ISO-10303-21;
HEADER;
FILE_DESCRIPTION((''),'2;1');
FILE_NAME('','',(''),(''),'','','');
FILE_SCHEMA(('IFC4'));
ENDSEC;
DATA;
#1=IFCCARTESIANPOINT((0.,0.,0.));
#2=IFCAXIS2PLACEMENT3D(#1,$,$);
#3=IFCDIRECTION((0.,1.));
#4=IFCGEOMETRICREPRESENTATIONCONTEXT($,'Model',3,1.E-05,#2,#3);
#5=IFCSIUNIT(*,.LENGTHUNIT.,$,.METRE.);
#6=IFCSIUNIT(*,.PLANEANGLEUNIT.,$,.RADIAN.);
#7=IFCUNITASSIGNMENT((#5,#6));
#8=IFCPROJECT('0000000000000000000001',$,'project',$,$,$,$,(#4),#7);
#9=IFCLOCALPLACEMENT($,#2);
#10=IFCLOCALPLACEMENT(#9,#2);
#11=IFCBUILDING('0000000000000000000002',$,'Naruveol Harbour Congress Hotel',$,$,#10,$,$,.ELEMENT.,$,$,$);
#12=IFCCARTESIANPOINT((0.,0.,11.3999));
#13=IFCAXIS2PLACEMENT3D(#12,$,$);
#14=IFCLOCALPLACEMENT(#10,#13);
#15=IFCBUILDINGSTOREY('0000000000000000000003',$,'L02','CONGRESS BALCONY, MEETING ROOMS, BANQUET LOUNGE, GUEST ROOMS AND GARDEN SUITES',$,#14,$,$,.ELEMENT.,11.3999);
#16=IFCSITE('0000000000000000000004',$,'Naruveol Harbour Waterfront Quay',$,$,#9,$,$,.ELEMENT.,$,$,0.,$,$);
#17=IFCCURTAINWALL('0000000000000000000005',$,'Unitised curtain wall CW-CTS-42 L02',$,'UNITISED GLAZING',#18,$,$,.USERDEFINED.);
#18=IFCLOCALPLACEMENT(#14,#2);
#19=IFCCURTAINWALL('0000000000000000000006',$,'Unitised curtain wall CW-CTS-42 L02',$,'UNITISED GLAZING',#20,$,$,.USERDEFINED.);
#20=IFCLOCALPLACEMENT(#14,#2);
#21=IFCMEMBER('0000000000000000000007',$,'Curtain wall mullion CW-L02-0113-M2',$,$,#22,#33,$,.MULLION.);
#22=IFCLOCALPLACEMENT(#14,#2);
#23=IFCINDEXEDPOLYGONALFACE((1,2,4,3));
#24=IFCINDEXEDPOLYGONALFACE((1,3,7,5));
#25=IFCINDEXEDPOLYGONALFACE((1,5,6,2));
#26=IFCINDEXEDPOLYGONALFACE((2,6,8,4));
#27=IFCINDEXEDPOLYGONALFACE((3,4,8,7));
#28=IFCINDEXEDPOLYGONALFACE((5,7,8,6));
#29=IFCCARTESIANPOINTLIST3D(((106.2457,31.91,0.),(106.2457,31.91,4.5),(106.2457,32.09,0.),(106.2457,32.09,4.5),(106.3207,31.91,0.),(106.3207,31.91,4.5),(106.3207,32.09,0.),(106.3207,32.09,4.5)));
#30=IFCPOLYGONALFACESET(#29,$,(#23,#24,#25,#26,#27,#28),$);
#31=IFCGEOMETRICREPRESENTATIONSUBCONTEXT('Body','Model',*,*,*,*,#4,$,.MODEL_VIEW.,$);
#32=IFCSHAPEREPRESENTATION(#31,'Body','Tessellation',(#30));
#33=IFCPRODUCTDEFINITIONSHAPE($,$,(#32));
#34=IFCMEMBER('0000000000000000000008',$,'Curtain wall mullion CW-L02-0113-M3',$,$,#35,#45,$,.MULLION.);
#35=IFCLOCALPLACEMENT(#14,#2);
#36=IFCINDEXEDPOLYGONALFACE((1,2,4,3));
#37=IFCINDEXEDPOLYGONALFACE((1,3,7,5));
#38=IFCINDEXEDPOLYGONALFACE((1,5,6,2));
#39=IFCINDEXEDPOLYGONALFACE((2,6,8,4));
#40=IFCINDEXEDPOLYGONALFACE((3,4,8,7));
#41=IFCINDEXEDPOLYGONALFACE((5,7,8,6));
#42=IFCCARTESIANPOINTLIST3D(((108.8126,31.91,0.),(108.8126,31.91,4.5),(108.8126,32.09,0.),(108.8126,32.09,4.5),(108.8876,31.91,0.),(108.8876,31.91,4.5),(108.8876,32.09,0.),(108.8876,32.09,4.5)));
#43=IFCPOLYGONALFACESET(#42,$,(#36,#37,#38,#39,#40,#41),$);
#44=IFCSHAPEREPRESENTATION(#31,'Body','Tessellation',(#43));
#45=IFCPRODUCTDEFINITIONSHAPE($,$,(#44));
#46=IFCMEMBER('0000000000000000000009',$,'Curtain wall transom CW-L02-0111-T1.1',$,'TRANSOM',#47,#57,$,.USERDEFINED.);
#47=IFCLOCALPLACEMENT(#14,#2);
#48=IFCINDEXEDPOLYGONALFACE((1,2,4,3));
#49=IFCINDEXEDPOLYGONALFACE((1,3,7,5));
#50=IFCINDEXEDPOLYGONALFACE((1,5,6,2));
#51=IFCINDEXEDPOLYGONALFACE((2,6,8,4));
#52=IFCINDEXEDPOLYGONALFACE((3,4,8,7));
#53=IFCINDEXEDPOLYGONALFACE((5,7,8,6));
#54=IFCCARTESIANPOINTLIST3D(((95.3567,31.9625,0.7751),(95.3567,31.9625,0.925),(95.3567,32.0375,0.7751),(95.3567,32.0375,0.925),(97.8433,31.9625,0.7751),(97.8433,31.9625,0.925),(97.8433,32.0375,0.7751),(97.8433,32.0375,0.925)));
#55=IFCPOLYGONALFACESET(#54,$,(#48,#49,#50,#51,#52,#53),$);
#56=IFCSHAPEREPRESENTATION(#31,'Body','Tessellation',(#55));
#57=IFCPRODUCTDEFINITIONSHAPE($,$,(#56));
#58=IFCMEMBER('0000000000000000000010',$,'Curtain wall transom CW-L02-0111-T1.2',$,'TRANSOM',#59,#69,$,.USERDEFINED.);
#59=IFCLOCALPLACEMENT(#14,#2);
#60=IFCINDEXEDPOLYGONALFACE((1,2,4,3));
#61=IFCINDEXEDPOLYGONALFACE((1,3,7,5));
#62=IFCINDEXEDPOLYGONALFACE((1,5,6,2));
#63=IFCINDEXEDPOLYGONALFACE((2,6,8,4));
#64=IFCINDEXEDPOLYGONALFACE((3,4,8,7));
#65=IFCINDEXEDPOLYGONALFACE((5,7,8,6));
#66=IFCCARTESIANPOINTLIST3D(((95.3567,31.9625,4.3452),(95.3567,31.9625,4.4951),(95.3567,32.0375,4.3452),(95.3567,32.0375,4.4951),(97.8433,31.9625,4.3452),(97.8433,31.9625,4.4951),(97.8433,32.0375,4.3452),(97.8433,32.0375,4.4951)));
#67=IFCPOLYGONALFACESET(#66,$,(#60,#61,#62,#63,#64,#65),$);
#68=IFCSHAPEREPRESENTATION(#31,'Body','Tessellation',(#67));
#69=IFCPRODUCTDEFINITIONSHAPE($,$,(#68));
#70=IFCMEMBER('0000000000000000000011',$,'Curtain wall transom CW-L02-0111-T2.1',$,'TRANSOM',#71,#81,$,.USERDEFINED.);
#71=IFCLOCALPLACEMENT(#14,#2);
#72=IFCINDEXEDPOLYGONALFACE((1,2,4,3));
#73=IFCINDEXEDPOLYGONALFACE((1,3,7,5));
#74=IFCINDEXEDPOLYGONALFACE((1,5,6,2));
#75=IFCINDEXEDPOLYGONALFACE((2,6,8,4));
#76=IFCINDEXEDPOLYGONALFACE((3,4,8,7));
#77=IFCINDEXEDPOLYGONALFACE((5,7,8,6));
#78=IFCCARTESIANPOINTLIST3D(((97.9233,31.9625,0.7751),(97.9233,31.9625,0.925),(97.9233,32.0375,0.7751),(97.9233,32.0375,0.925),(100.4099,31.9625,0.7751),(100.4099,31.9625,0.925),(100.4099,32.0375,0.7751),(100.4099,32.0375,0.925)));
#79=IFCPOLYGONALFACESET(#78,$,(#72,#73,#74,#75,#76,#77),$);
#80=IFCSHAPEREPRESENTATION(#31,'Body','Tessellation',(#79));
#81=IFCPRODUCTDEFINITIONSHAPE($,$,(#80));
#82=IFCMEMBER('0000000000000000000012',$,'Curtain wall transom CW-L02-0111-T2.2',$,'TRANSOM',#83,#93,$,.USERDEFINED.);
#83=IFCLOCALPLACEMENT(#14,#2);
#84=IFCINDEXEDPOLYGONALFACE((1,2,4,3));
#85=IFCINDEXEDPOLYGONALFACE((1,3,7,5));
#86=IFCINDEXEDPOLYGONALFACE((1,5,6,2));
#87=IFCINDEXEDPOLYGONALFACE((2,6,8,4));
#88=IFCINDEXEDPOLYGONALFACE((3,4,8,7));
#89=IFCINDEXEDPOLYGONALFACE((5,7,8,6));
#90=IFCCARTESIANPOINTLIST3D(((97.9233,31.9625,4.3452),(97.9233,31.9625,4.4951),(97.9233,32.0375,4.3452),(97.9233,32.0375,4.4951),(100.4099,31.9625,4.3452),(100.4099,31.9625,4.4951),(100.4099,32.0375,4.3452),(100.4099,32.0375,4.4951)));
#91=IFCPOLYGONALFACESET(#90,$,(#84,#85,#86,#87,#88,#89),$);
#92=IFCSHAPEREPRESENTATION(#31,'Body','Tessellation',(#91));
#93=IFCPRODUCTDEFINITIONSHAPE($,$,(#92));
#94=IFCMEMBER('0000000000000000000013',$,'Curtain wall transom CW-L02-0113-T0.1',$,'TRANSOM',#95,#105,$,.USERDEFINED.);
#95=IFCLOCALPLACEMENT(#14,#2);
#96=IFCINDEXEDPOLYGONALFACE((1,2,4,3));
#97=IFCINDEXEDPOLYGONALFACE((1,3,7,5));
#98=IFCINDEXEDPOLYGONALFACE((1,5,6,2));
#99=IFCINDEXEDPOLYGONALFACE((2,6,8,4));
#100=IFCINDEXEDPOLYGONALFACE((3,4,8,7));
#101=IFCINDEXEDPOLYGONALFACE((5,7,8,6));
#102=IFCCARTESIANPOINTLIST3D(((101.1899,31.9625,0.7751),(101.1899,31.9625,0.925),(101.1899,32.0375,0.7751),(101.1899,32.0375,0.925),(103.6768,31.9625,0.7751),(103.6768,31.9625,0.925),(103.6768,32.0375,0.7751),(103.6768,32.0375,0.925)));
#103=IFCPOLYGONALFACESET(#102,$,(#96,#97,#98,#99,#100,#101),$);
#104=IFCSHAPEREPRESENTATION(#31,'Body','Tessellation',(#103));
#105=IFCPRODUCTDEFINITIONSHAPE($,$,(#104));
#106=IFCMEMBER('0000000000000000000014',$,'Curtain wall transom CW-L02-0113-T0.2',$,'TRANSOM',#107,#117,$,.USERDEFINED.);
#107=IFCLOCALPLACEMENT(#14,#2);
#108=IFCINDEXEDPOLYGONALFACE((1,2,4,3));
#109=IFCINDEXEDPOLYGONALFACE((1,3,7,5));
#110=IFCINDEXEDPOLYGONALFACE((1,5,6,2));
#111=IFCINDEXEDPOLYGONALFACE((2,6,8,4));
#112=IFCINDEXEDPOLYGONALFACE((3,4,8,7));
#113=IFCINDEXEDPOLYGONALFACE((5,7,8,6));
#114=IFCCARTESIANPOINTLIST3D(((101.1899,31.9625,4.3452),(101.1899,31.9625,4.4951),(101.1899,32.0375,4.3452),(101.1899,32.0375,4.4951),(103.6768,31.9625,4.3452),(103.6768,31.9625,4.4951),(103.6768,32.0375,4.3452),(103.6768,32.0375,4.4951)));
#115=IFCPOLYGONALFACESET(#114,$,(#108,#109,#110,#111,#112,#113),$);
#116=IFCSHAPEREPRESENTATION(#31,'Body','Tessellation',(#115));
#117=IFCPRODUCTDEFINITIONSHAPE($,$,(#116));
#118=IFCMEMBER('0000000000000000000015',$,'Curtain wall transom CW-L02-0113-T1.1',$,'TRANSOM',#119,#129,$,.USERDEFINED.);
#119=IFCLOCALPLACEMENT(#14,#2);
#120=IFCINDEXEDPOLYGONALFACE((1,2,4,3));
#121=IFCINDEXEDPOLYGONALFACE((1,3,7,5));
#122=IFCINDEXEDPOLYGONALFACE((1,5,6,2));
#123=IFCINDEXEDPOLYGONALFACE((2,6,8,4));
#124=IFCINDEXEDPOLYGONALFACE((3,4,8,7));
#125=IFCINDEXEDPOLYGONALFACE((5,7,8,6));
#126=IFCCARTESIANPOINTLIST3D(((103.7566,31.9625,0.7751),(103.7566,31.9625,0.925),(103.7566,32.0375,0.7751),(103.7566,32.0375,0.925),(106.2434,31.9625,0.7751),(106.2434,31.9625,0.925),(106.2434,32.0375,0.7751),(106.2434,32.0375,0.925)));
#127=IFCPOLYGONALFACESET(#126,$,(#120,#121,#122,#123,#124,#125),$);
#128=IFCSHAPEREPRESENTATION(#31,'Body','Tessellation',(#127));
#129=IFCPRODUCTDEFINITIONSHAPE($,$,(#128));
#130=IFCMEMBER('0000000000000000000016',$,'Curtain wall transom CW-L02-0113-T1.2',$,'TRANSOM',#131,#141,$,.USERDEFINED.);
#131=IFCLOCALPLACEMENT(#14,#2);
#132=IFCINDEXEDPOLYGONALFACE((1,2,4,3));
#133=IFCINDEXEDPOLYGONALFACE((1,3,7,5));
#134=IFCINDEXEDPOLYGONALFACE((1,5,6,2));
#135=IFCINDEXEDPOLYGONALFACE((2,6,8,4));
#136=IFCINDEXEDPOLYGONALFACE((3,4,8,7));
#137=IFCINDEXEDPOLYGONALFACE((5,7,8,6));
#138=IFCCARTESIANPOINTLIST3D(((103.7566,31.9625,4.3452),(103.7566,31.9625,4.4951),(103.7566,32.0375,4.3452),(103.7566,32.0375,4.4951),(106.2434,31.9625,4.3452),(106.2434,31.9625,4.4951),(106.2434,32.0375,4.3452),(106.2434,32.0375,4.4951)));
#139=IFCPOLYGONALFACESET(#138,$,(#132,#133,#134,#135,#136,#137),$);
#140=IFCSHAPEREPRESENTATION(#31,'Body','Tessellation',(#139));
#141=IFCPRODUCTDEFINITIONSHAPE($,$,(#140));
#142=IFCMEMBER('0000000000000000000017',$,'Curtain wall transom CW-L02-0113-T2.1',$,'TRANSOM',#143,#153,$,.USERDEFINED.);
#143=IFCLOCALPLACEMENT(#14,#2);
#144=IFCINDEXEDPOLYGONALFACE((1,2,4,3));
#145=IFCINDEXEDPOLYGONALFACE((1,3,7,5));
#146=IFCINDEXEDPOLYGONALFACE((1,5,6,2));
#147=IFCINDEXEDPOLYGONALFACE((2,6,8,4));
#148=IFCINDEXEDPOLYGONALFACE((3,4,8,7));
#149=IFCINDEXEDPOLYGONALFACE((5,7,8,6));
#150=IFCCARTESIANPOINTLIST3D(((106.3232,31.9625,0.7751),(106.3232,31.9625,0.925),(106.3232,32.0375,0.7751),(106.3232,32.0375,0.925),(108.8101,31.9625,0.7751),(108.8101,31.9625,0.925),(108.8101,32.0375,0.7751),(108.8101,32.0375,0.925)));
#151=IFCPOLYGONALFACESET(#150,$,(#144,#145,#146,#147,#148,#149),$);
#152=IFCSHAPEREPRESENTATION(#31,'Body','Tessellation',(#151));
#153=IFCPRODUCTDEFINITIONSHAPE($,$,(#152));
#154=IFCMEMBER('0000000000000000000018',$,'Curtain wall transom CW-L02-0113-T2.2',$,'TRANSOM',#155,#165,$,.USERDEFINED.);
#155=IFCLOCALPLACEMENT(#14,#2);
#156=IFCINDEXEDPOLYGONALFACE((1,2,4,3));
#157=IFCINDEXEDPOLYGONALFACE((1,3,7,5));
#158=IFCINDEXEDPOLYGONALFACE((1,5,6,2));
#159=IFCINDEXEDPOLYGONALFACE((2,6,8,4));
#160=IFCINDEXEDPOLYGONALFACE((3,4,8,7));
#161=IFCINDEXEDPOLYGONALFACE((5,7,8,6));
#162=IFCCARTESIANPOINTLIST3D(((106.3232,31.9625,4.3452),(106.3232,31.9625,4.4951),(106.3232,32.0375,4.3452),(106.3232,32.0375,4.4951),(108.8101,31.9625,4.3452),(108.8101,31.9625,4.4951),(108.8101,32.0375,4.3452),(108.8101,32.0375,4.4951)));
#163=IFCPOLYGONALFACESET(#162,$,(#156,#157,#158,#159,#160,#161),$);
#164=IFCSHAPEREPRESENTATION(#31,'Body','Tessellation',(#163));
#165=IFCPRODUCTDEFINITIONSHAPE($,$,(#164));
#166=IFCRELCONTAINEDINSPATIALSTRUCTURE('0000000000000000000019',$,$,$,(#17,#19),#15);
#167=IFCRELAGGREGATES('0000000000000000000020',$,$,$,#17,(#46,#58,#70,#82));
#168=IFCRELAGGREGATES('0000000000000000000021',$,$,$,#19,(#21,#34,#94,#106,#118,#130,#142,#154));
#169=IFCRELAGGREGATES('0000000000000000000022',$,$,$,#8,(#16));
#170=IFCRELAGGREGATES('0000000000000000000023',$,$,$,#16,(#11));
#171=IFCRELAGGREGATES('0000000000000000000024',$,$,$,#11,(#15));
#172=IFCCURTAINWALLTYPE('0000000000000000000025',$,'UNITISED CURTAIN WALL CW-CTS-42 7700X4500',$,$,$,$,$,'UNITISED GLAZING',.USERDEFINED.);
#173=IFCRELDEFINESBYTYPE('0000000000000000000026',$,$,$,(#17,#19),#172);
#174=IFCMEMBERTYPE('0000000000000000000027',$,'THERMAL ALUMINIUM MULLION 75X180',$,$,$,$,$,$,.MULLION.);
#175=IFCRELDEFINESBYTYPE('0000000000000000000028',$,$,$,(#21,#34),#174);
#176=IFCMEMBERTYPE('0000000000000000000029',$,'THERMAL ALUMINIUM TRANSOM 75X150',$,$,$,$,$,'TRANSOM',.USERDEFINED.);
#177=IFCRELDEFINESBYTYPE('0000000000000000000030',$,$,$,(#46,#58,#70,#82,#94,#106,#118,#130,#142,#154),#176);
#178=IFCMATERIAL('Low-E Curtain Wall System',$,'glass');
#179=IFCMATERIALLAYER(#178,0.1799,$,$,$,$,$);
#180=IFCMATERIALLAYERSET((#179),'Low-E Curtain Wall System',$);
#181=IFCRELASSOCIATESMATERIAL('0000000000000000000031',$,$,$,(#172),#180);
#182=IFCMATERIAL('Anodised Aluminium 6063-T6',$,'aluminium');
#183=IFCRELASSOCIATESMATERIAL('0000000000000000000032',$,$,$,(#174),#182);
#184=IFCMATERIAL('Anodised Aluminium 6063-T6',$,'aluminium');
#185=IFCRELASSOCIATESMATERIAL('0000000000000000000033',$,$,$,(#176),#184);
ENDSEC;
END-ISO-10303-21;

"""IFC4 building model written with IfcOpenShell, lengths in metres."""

from ifc_helpers import new_model, si_unit, direction, frame, origin, origin_2d, place, context, subcontext, project, spatial, rectangle, extrude, material, layer, layer_set, material_profile, profile_set, type_object, element, aggregate, save


model = new_model("IFC4")

# Units and contexts
model_context = context("Model", 3, precision=1e-05, world=origin(), true_north=direction((0.0, 1.0)))
body_context = subcontext(model_context, "Body", "Model", "MODEL_VIEW")
ifc_project = project(units=[si_unit("LENGTHUNIT", "METRE"), si_unit("PLANEANGLEUNIT", "RADIAN")], contexts=[model_context])

# Site, building, storey
site_placement = place(None, origin())
site = spatial("IfcSite", under=ifc_project, at=site_placement, Name="Naruveol Harbour Waterfront Quay", CompositionType="ELEMENT", RefElevation=0.0)
building_placement = place(site_placement, origin())
building = spatial("IfcBuilding", under=site, at=building_placement, Name="Naruveol Harbour Congress Hotel", CompositionType="ELEMENT")
storey_placement = place(building_placement, frame((0.0, 0.0, 11.3999)))
storey = spatial("IfcBuildingStorey", under=building, at=storey_placement, Name="L02", Description="CONGRESS BALCONY, MEETING ROOMS, BANQUET LOUNGE, GUEST ROOMS AND GARDEN SUITES", CompositionType="ELEMENT", Elevation=11.3999)

# Curtain walls, members
ifc_material_1 = material(Name="Low-E Curtain Wall System", Category="glass")
ifc_layer_1 = layer(ifc_material_1, 0.1799)
ifc_layer_set_1 = layer_set([ifc_layer_1], Name="Low-E Curtain Wall System")
curtain_wall_type = type_object("IfcCurtainWallType", Name="UNITISED CURTAIN WALL CW-CTS-42 7700X4500", ElementType="UNITISED GLAZING", PredefinedType="USERDEFINED", material=ifc_layer_set_1)
curtain_wall_1_placement = place(storey_placement, origin())
curtain_wall_1 = element("IfcCurtainWall", 1, at=curtain_wall_1_placement, inside=storey, type_object=curtain_wall_type, Name="Unitised curtain wall CW-CTS-42 L02", ObjectType="UNITISED GLAZING", PredefinedType="USERDEFINED")
ifc_material_2 = material(Name="Anodised Aluminium 6063-T6", Category="aluminium")
ifc_material_profile_1 = material_profile(ifc_material_2, rectangle(XDim=0.075, YDim=0.1799, at=origin_2d()), Name="ALU-75x180")
ifc_profile_set_1 = profile_set([ifc_material_profile_1], Name="Anodised Aluminium 6063-T6")
member_type_1 = type_object("IfcMemberType", Name="THERMAL ALUMINIUM MULLION 75X180", PredefinedType="MULLION", material=ifc_profile_set_1)
curtain_wall_2_placement = place(storey_placement, origin())
curtain_wall_2 = element("IfcCurtainWall", 2, at=curtain_wall_2_placement, inside=storey, type_object=curtain_wall_type, Name="Unitised curtain wall CW-CTS-42 L02", ObjectType="UNITISED GLAZING", PredefinedType="USERDEFINED")
member_1_placement = place(storey_placement, frame((106.2832, 32.0, 0.0), z_axis=(0.0, 0.0, 1.0), x_axis=(1.0, 0.0, 0.0)))
member_1 = element("IfcMember", 3, at=member_1_placement, type_object=member_type_1, Name="Curtain wall mullion CW-L02-0113-M2", PredefinedType="MULLION", context=body_context, shape_type="SweptSolid", body=[
    extrude(rectangle(XDim=0.075, YDim=0.1799, at=origin_2d()), origin(), (0.0, 0.0, 1.0), 4.5),
])
member_2_placement = place(storey_placement, frame((108.8501, 32.0, 0.0), z_axis=(0.0, 0.0, 1.0), x_axis=(1.0, 0.0, 0.0)))
member_2 = element("IfcMember", 4, at=member_2_placement, type_object=member_type_1, Name="Curtain wall mullion CW-L02-0113-M3", PredefinedType="MULLION", context=body_context, shape_type="SweptSolid", body=[
    extrude(rectangle(XDim=0.075, YDim=0.1799, at=origin_2d()), origin(), (0.0, 0.0, 1.0), 4.5),
])

# Members
ifc_material_3 = material(Name="Anodised Aluminium 6063-T6", Category="aluminium")
ifc_material_profile_2 = material_profile(ifc_material_3, rectangle(XDim=0.075, YDim=0.1499, at=origin_2d()), Name="ALU-75x150")
ifc_profile_set_2 = profile_set([ifc_material_profile_2], Name="Anodised Aluminium 6063-T6")
member_type_2 = type_object("IfcMemberType", Name="THERMAL ALUMINIUM TRANSOM 75X150", ElementType="TRANSOM", PredefinedType="USERDEFINED", material=ifc_profile_set_2)
member_3_placement = place(storey_placement, frame((95.3567, 32.0, 0.8501), z_axis=(1.0, 0.0, 0.0), x_axis=(0.0, 1.0, 0.0)))
member_3 = element("IfcMember", 5, at=member_3_placement, type_object=member_type_2, Name="Curtain wall transom CW-L02-0111-T1.1", ObjectType="TRANSOM", PredefinedType="USERDEFINED", context=body_context, shape_type="SweptSolid", body=[
    extrude(rectangle(XDim=0.075, YDim=0.1499, at=origin_2d()), origin(), (0.0, 0.0, 1.0), 2.4866),
])
member_4_placement = place(storey_placement, frame((95.3567, 32.0, 4.4202), z_axis=(1.0, 0.0, 0.0), x_axis=(0.0, 1.0, 0.0)))
member_4 = element("IfcMember", 6, at=member_4_placement, type_object=member_type_2, Name="Curtain wall transom CW-L02-0111-T1.2", ObjectType="TRANSOM", PredefinedType="USERDEFINED", context=body_context, shape_type="SweptSolid", body=[
    extrude(rectangle(XDim=0.075, YDim=0.1499, at=origin_2d()), origin(), (0.0, 0.0, 1.0), 2.4866),
])
member_5_placement = place(storey_placement, frame((97.9233, 32.0, 0.8501), z_axis=(1.0, 0.0, 0.0), x_axis=(0.0, 1.0, 0.0)))
member_5 = element("IfcMember", 7, at=member_5_placement, type_object=member_type_2, Name="Curtain wall transom CW-L02-0111-T2.1", ObjectType="TRANSOM", PredefinedType="USERDEFINED", context=body_context, shape_type="SweptSolid", body=[
    extrude(rectangle(XDim=0.075, YDim=0.1499, at=origin_2d()), origin(), (0.0, 0.0, 1.0), 2.4866),
])
member_6_placement = place(storey_placement, frame((97.9233, 32.0, 4.4202), z_axis=(1.0, 0.0, 0.0), x_axis=(0.0, 1.0, 0.0)))
member_6 = element("IfcMember", 8, at=member_6_placement, type_object=member_type_2, Name="Curtain wall transom CW-L02-0111-T2.2", ObjectType="TRANSOM", PredefinedType="USERDEFINED", context=body_context, shape_type="SweptSolid", body=[
    extrude(rectangle(XDim=0.075, YDim=0.1499, at=origin_2d()), origin(), (0.0, 0.0, 1.0), 2.4866),
])
aggregate(curtain_wall_1, [member_3, member_4, member_5, member_6])
member_7_placement = place(storey_placement, frame((101.1899, 32.0, 0.8501), z_axis=(1.0, 0.0, 0.0), x_axis=(0.0, 1.0, 0.0)))
member_7 = element("IfcMember", 9, at=member_7_placement, type_object=member_type_2, Name="Curtain wall transom CW-L02-0113-T0.1", ObjectType="TRANSOM", PredefinedType="USERDEFINED", context=body_context, shape_type="SweptSolid", body=[
    extrude(rectangle(XDim=0.075, YDim=0.1499, at=origin_2d()), origin(), (0.0, 0.0, 1.0), 2.4868),
])
member_8_placement = place(storey_placement, frame((101.1899, 32.0, 4.4202), z_axis=(1.0, 0.0, 0.0), x_axis=(0.0, 1.0, 0.0)))
member_8 = element("IfcMember", 10, at=member_8_placement, type_object=member_type_2, Name="Curtain wall transom CW-L02-0113-T0.2", ObjectType="TRANSOM", PredefinedType="USERDEFINED", context=body_context, shape_type="SweptSolid", body=[
    extrude(rectangle(XDim=0.075, YDim=0.1499, at=origin_2d()), origin(), (0.0, 0.0, 1.0), 2.4868),
])
member_9_placement = place(storey_placement, frame((103.7566, 32.0, 0.8501), z_axis=(1.0, 0.0, 0.0), x_axis=(0.0, 1.0, 0.0)))
member_9 = element("IfcMember", 11, at=member_9_placement, type_object=member_type_2, Name="Curtain wall transom CW-L02-0113-T1.1", ObjectType="TRANSOM", PredefinedType="USERDEFINED", context=body_context, shape_type="SweptSolid", body=[
    extrude(rectangle(XDim=0.075, YDim=0.1499, at=origin_2d()), origin(), (0.0, 0.0, 1.0), 2.4868),
])
member_10_placement = place(storey_placement, frame((103.7566, 32.0, 4.4202), z_axis=(1.0, 0.0, 0.0), x_axis=(0.0, 1.0, 0.0)))
member_10 = element("IfcMember", 12, at=member_10_placement, type_object=member_type_2, Name="Curtain wall transom CW-L02-0113-T1.2", ObjectType="TRANSOM", PredefinedType="USERDEFINED", context=body_context, shape_type="SweptSolid", body=[
    extrude(rectangle(XDim=0.075, YDim=0.1499, at=origin_2d()), origin(), (0.0, 0.0, 1.0), 2.4868),
])
member_11_placement = place(storey_placement, frame((106.3232, 32.0, 0.8501), z_axis=(1.0, 0.0, 0.0), x_axis=(0.0, 1.0, 0.0)))
member_11 = element("IfcMember", 13, at=member_11_placement, type_object=member_type_2, Name="Curtain wall transom CW-L02-0113-T2.1", ObjectType="TRANSOM", PredefinedType="USERDEFINED", context=body_context, shape_type="SweptSolid", body=[
    extrude(rectangle(XDim=0.075, YDim=0.1499, at=origin_2d()), origin(), (0.0, 0.0, 1.0), 2.4868),
])
member_12_placement = place(storey_placement, frame((106.3232, 32.0, 4.4202), z_axis=(1.0, 0.0, 0.0), x_axis=(0.0, 1.0, 0.0)))
member_12 = element("IfcMember", 14, at=member_12_placement, type_object=member_type_2, Name="Curtain wall transom CW-L02-0113-T2.2", ObjectType="TRANSOM", PredefinedType="USERDEFINED", context=body_context, shape_type="SweptSolid", body=[
    extrude(rectangle(XDim=0.075, YDim=0.1499, at=origin_2d()), origin(), (0.0, 0.0, 1.0), 2.4868),
])
aggregate(curtain_wall_2, [member_1, member_2, member_7, member_8, member_9, member_10, member_11, member_12])

save(model, "model.ifc")
